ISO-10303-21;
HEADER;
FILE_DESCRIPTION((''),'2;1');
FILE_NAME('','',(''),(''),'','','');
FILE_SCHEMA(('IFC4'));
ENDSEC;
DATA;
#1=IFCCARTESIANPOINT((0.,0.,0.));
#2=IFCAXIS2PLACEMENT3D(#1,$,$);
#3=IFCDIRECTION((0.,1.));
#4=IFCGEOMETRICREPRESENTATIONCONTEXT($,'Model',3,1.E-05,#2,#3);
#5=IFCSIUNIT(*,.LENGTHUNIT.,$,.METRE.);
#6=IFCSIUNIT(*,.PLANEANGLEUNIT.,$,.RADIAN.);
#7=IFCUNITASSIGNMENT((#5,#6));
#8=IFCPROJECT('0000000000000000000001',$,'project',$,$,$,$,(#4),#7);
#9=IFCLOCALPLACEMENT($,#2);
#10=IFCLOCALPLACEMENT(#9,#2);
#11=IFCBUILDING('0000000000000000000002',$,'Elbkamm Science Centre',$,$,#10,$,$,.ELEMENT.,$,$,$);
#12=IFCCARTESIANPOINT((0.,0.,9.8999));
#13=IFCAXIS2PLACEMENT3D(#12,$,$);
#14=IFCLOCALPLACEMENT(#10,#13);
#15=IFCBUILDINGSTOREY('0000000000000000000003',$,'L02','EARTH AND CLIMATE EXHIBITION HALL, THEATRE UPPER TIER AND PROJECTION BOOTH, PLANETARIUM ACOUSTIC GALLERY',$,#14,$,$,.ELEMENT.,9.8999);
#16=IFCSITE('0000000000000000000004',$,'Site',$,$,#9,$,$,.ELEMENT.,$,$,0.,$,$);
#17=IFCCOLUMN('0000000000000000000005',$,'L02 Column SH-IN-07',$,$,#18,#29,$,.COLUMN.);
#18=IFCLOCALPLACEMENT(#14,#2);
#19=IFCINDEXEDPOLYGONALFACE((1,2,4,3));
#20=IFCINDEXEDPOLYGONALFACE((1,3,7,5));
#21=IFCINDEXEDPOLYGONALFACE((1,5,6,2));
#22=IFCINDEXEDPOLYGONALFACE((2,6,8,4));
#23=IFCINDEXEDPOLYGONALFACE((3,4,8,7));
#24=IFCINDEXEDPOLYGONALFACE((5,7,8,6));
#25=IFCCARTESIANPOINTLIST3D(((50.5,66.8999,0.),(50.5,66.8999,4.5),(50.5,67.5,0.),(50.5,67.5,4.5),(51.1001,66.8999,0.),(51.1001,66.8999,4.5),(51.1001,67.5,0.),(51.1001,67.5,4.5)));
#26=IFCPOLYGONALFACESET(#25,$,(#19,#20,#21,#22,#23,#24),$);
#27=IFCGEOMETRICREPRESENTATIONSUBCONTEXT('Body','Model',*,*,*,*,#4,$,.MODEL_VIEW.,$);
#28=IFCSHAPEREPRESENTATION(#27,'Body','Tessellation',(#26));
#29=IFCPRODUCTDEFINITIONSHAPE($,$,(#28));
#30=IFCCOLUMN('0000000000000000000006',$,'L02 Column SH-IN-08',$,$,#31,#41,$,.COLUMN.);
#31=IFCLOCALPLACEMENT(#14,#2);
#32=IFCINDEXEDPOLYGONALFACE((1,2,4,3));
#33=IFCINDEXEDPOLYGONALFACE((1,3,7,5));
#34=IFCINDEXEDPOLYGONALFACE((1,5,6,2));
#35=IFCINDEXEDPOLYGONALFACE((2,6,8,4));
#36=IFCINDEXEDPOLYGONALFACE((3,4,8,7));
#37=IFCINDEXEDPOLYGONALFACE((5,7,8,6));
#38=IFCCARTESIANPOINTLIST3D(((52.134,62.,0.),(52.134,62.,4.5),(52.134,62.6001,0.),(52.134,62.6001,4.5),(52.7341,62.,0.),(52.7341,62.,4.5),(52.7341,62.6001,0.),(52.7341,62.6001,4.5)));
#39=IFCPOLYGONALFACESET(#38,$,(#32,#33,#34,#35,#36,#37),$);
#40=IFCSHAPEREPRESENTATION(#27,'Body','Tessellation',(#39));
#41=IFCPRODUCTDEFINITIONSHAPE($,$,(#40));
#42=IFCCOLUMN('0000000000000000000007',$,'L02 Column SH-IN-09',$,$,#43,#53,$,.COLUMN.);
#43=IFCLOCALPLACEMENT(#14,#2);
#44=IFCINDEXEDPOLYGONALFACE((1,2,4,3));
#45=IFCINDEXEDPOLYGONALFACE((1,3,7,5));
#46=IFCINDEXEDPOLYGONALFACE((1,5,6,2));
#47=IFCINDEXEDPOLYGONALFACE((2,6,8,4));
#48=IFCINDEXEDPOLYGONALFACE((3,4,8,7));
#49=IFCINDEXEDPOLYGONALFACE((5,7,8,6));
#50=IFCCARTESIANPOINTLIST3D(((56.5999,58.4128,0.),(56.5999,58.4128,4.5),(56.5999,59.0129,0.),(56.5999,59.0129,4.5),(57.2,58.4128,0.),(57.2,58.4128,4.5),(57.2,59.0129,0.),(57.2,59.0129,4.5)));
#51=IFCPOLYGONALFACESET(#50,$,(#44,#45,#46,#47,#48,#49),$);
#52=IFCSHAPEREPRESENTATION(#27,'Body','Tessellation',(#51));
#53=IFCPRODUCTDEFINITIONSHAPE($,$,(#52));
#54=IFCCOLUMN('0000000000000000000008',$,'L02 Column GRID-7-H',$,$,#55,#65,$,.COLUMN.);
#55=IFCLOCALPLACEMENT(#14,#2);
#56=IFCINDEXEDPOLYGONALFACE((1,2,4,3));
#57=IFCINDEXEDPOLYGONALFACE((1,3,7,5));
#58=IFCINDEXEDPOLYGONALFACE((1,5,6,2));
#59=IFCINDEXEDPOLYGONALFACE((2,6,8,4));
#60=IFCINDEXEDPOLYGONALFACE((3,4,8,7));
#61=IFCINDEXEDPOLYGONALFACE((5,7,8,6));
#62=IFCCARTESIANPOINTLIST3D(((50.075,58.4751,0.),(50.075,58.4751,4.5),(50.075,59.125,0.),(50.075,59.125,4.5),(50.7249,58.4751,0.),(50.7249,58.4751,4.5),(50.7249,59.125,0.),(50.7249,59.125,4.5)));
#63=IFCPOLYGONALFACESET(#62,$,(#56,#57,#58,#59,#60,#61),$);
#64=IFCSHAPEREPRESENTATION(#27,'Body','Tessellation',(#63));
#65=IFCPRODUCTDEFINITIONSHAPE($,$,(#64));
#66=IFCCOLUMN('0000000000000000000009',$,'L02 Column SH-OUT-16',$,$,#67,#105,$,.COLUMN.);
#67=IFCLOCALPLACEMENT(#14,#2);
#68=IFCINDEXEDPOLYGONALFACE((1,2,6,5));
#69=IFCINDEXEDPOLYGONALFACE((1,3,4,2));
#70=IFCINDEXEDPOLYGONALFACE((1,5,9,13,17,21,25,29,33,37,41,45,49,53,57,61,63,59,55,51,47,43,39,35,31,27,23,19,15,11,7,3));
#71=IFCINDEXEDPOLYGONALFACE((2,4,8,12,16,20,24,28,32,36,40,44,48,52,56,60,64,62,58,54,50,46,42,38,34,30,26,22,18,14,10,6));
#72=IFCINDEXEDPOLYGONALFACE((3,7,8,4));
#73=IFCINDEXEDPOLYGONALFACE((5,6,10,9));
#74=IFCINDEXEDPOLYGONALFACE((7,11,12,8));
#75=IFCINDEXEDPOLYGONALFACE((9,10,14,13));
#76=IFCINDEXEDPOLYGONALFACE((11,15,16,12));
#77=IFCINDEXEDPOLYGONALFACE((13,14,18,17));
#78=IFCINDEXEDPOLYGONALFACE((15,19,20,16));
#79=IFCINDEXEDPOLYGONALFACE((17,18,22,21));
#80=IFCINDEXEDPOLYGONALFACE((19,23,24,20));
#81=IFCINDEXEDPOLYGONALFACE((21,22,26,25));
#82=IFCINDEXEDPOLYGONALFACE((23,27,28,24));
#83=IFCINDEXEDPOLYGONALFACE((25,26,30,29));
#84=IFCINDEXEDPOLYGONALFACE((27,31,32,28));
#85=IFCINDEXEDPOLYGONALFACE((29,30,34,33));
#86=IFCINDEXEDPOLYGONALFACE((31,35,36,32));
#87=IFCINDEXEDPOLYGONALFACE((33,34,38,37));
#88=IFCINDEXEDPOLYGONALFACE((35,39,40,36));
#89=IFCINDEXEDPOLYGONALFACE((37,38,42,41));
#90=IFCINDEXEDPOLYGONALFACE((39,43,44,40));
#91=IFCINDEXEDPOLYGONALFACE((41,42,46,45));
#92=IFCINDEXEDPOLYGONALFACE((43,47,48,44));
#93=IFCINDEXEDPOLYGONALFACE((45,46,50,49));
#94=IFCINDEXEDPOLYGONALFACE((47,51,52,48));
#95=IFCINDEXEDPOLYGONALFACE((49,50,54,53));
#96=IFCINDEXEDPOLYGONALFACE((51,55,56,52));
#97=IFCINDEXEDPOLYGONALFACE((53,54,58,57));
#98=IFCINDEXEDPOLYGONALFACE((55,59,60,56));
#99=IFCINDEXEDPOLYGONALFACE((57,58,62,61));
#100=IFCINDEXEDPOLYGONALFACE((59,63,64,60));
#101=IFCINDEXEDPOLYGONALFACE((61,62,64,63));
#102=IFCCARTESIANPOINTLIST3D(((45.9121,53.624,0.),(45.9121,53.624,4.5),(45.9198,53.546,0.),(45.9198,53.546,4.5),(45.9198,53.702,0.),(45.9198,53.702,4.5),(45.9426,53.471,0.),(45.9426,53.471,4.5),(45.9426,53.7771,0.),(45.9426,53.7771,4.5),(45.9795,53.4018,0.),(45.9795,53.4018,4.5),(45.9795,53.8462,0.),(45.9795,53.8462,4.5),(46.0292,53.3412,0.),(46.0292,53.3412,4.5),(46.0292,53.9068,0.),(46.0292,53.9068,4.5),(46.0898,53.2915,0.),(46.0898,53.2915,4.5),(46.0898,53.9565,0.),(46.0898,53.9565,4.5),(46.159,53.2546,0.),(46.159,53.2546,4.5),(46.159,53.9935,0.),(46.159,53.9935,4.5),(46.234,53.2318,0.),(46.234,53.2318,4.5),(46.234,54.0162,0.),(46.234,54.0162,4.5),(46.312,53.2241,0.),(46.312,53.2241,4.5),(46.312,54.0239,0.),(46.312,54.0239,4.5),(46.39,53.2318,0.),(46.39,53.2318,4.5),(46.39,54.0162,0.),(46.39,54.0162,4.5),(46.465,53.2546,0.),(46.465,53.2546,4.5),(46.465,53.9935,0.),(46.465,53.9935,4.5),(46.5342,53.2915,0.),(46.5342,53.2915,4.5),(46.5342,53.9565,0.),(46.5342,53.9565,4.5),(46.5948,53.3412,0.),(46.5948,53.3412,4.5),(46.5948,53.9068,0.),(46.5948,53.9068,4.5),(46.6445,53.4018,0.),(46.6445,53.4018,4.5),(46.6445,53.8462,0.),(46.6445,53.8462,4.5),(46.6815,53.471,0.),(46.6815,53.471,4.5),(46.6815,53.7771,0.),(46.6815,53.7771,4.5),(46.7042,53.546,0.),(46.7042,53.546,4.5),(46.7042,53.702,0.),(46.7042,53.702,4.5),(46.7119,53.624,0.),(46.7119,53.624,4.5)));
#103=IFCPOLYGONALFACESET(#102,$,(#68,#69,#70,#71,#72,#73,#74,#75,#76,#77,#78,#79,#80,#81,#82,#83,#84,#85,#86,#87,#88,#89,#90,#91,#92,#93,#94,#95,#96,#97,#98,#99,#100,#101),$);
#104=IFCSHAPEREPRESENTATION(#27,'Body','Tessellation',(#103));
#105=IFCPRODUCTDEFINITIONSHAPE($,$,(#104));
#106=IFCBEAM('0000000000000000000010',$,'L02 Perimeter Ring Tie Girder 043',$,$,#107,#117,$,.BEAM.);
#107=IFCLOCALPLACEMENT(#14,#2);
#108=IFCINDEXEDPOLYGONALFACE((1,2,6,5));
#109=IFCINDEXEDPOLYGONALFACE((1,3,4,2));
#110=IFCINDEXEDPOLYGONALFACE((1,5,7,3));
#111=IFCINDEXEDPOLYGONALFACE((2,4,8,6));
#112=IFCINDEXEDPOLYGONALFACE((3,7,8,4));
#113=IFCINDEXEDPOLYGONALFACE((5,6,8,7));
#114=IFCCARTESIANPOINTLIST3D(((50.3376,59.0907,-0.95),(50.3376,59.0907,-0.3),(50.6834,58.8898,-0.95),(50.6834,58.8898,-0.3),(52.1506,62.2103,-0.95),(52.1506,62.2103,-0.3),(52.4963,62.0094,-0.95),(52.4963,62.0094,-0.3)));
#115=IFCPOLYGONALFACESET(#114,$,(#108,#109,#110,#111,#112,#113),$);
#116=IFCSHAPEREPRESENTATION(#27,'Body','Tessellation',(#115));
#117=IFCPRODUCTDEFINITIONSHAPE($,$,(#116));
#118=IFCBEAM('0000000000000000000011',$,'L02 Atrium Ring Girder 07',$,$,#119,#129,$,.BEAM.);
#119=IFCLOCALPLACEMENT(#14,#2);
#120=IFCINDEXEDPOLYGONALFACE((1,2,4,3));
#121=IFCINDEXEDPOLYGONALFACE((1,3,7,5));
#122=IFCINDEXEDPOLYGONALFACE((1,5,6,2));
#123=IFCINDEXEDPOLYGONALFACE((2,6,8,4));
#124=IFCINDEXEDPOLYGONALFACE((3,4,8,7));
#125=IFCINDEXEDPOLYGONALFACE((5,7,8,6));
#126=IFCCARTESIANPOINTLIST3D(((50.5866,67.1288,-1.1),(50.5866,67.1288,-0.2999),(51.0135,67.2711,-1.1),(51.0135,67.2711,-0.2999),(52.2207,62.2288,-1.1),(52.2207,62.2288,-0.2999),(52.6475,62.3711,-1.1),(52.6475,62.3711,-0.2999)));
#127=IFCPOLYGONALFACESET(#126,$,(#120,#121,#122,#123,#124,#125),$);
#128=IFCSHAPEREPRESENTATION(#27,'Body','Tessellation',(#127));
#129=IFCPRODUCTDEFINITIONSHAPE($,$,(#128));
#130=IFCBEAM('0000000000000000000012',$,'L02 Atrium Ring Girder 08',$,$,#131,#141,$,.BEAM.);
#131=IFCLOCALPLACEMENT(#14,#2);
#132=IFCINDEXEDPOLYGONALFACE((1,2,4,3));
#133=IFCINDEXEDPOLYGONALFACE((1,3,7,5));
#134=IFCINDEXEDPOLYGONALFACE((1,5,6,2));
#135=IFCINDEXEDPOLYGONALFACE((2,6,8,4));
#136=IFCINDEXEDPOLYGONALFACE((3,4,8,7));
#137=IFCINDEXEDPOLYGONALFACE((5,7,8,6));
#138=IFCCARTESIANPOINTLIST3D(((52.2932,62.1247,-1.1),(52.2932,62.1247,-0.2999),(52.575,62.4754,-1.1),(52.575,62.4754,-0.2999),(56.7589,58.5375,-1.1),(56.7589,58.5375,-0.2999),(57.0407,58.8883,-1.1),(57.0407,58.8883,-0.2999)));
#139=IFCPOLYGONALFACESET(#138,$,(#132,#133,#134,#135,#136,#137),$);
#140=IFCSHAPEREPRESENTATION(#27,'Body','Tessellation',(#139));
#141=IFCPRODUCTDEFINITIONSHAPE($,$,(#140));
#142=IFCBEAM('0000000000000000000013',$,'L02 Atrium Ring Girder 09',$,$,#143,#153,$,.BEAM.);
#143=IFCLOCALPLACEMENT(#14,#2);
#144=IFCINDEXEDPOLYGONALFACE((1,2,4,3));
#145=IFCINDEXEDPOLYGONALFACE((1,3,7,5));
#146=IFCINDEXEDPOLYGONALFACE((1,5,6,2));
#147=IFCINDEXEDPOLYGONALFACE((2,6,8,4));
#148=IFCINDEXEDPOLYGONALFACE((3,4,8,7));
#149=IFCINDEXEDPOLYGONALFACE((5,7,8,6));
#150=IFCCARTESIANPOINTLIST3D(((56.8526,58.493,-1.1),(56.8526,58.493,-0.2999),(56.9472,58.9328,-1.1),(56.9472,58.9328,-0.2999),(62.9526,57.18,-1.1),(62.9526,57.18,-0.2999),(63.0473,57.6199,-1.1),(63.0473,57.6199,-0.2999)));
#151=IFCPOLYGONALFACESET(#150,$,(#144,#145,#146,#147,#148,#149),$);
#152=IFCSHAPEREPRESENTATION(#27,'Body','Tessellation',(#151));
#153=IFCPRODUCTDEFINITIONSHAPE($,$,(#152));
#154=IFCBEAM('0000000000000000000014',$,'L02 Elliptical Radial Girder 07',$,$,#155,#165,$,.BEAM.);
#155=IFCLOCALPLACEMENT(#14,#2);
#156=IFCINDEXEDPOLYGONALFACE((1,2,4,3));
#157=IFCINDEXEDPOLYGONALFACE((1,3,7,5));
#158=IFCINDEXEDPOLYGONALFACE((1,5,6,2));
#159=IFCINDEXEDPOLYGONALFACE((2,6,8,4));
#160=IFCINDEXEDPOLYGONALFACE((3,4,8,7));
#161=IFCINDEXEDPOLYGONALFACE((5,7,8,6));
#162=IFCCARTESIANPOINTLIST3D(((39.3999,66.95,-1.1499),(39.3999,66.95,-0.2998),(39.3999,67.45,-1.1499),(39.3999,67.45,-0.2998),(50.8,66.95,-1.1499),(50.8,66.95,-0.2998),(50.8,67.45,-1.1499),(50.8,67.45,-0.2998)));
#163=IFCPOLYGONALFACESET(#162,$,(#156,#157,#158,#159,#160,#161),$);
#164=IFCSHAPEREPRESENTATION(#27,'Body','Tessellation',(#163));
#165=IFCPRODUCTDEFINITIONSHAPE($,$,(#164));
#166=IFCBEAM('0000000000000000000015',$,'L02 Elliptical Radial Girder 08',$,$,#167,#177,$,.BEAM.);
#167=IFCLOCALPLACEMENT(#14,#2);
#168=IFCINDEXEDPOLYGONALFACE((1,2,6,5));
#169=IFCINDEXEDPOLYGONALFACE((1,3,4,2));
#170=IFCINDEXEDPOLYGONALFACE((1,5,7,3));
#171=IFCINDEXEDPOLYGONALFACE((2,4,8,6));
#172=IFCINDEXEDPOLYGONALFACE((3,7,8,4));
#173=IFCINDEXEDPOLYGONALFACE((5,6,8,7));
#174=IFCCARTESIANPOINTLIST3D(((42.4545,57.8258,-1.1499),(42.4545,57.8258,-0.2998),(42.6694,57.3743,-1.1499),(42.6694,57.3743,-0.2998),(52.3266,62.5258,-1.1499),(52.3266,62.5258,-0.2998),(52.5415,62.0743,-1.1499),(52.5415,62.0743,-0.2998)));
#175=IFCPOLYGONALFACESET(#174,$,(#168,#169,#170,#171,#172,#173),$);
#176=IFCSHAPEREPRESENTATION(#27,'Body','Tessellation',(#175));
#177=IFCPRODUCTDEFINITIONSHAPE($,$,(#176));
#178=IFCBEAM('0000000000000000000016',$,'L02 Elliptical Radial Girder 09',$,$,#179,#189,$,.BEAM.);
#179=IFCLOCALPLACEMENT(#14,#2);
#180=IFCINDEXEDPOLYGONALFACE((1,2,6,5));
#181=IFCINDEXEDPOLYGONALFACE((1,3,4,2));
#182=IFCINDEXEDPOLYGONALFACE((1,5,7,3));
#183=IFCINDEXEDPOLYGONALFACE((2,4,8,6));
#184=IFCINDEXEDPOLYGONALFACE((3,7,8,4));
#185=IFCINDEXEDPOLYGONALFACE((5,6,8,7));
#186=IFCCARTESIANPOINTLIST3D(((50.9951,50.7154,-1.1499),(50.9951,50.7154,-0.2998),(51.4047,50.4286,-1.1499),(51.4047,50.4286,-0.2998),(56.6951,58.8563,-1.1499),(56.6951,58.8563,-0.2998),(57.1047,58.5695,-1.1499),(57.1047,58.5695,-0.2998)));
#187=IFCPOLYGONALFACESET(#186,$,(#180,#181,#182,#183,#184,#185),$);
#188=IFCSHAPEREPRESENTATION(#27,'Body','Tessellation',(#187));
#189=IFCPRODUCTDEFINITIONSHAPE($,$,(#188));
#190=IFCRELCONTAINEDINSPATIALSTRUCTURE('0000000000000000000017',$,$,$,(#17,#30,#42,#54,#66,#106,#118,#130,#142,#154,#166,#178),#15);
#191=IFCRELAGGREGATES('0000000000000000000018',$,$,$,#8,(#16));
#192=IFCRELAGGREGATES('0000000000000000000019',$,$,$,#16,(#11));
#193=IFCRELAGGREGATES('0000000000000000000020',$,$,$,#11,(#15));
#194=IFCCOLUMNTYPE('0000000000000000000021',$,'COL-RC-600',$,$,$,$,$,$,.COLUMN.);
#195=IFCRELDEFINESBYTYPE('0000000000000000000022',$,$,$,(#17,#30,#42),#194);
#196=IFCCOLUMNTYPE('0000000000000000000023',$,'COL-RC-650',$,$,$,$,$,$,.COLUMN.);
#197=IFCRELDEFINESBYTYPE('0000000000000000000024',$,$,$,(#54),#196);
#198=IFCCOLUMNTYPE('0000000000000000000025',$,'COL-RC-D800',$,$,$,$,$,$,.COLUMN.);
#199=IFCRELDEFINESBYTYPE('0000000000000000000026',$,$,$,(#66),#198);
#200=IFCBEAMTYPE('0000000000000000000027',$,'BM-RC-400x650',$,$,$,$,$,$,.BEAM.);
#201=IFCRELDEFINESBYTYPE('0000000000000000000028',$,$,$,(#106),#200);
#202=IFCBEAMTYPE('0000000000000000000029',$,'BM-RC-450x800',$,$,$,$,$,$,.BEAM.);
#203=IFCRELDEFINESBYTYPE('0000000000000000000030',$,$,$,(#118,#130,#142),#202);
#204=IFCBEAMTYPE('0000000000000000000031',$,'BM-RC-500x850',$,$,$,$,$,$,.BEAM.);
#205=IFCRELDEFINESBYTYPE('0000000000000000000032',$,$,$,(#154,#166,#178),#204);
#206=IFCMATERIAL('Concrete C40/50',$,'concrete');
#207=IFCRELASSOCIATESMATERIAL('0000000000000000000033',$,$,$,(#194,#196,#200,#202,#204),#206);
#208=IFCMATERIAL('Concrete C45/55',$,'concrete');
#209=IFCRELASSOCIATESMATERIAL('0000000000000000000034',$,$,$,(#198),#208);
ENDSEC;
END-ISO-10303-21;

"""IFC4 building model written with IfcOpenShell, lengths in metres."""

from ifc_helpers import new_model, si_unit, direction, frame, origin, origin_2d, place, context, subcontext, project, spatial, rectangle, circle, extrude, material, material_profile, profile_set, type_object, element, save


model = new_model("IFC4")

# Units and contexts
model_context = context("Model", 3, precision=1e-05, world=origin(), true_north=direction((0.0, 1.0)))
body_context = subcontext(model_context, "Body", "Model", "MODEL_VIEW")
ifc_project = project(units=[si_unit("LENGTHUNIT", "METRE"), si_unit("PLANEANGLEUNIT", "RADIAN")], contexts=[model_context])

# Site, building, storey
site_placement = place(None, origin())
site = spatial("IfcSite", under=ifc_project, at=site_placement, Name="Site", CompositionType="ELEMENT", RefElevation=0.0)
building_placement = place(site_placement, origin())
building = spatial("IfcBuilding", under=site, at=building_placement, Name="Elbkamm Science Centre", CompositionType="ELEMENT")
storey_placement = place(building_placement, frame((0.0, 0.0, 9.8999)))
storey = spatial("IfcBuildingStorey", under=building, at=storey_placement, Name="L02", Description="EARTH AND CLIMATE EXHIBITION HALL, THEATRE UPPER TIER AND PROJECTION BOOTH, PLANETARIUM ACOUSTIC GALLERY", CompositionType="ELEMENT", Elevation=9.8999)

# Columns
ifc_material_1 = material(Name="Concrete C40/50", Category="concrete")
ifc_material_profile_1 = material_profile(ifc_material_1, rectangle(XDim=0.6001, YDim=0.6001, at=origin_2d()), Name="RC 600x600")
ifc_profile_set_1 = profile_set([ifc_material_profile_1], Name="Concrete C40/50")
column_type_1 = type_object("IfcColumnType", Name="COL-RC-600", PredefinedType="COLUMN", material=ifc_profile_set_1)
for number, where, z_axis, x_axis, name in (
    (1, (50.8, 67.2, 0.0), (0.0, 0.0, 1.0), (1.0, 0.0, 0.0), "L02 Column SH-IN-07"),
    (2, (52.4341, 62.3, 0.0), (0.0, 0.0, 1.0), (1.0, 0.0, 0.0), "L02 Column SH-IN-08"),
    (3, (56.8999, 58.7129, 0.0), (0.0, 0.0, 1.0), (1.0, 0.0, 0.0), "L02 Column SH-IN-09"),
):
    element("IfcColumn", number, at=place(storey_placement, frame(where, z_axis=z_axis, x_axis=x_axis)), inside=storey, type_object=column_type_1, Name=name, PredefinedType="COLUMN", context=body_context, shape_type="SweptSolid", body=[
        extrude(rectangle(XDim=0.6001, YDim=0.6001, at=origin_2d()), origin(), (0.0, 0.0, 1.0), 4.5),
    ])
ifc_material_profile_2 = material_profile(ifc_material_1, rectangle(XDim=0.6499, YDim=0.6499, at=origin_2d()), Name="RC 650x650")
ifc_profile_set_2 = profile_set([ifc_material_profile_2], Name="Concrete C40/50")
column_type_2 = type_object("IfcColumnType", Name="COL-RC-650", PredefinedType="COLUMN", material=ifc_profile_set_2)
column_1_placement = place(storey_placement, frame((50.3999, 58.8, 0.0), z_axis=(0.0, 0.0, 1.0), x_axis=(1.0, 0.0, 0.0)))
element("IfcColumn", 4, at=column_1_placement, inside=storey, type_object=column_type_2, Name="L02 Column GRID-7-H", PredefinedType="COLUMN", context=body_context, shape_type="SweptSolid", body=[
    extrude(rectangle(XDim=0.6499, YDim=0.6499, at=origin_2d()), origin(), (0.0, 0.0, 1.0), 4.5),
])
ifc_material_2 = material(Name="Concrete C45/55", Category="concrete")
ifc_material_profile_3 = material_profile(ifc_material_2, circle(Radius=0.3999, at=origin_2d()), Name="RC D800")
ifc_profile_set_3 = profile_set([ifc_material_profile_3], Name="Concrete C45/55")
column_type_3 = type_object("IfcColumnType", Name="COL-RC-D800", PredefinedType="COLUMN", material=ifc_profile_set_3)
column_2_placement = place(storey_placement, frame((46.312, 53.624, 0.0), z_axis=(0.0, 0.0, 1.0), x_axis=(1.0, 0.0, 0.0)))
element("IfcColumn", 5, at=column_2_placement, inside=storey, type_object=column_type_3, Name="L02 Column SH-OUT-16", PredefinedType="COLUMN", context=body_context, shape_type="SweptSolid", body=[
    extrude(circle(Radius=0.3999, at=origin_2d()), origin(), (0.0, 0.0, 1.0), 4.5),
])

# Beams
ifc_material_profile_4 = material_profile(ifc_material_1, rectangle(XDim=0.3999, YDim=0.6499, at=origin_2d()), Name="RC 400x650")
ifc_profile_set_4 = profile_set([ifc_material_profile_4], Name="Concrete C40/50")
beam_type_1 = type_object("IfcBeamType", Name="BM-RC-400x650", PredefinedType="BEAM", material=ifc_profile_set_4)
beam_1_placement = place(storey_placement, frame((50.5105, 58.9902, -0.625), z_axis=(0.502465, 0.864597, 0.0), x_axis=(-0.864597, 0.502465, 0.0)))
element("IfcBeam", 6, at=beam_1_placement, inside=storey, type_object=beam_type_1, Name="L02 Perimeter Ring Tie Girder 043", PredefinedType="BEAM", context=body_context, shape_type="SweptSolid", body=[
    extrude(rectangle(XDim=0.3999, YDim=0.6499, at=origin_2d()), origin(), (0.0, 0.0, 1.0), 3.6082),
])
ifc_material_profile_5 = material_profile(ifc_material_1, rectangle(XDim=0.45, YDim=0.8, at=origin_2d()), Name="RC 450x800")
ifc_profile_set_5 = profile_set([ifc_material_profile_5], Name="Concrete C40/50")
beam_type_2 = type_object("IfcBeamType", Name="BM-RC-450x800", PredefinedType="BEAM", material=ifc_profile_set_5)
beam_2_placement = place(storey_placement, frame((50.8, 67.2, -0.7), z_axis=(0.316355, -0.948641, 0.0), x_axis=(0.948641, 0.316355, 0.0)))
element("IfcBeam", 7, at=beam_2_placement, inside=storey, type_object=beam_type_2, Name="L02 Atrium Ring Girder 07", PredefinedType="BEAM", context=body_context, shape_type="SweptSolid", body=[
    extrude(rectangle(XDim=0.45, YDim=0.8, at=origin_2d()), origin(), (0.0, 0.0, 1.0), 5.1653),
])
beam_3_placement = place(storey_placement, frame((52.4341, 62.3, -0.7), z_axis=(0.779632, -0.626238, 0.0), x_axis=(0.626238, 0.779632, 0.0)))
element("IfcBeam", 8, at=beam_3_placement, inside=storey, type_object=beam_type_2, Name="L02 Atrium Ring Girder 08", PredefinedType="BEAM", context=body_context, shape_type="SweptSolid", body=[
    extrude(rectangle(XDim=0.45, YDim=0.8, at=origin_2d()), origin(), (0.0, 0.0, 1.0), 5.728),
])
beam_4_placement = place(storey_placement, frame((56.8999, 58.7129, -0.7), z_axis=(0.977611, -0.210421, 0.0), x_axis=(0.210421, 0.977611, 0.0)))
element("IfcBeam", 9, at=beam_4_placement, inside=storey, type_object=beam_type_2, Name="L02 Atrium Ring Girder 09", PredefinedType="BEAM", context=body_context, shape_type="SweptSolid", body=[
    extrude(rectangle(XDim=0.45, YDim=0.8, at=origin_2d()), origin(), (0.0, 0.0, 1.0), 6.2397),
])
ifc_material_profile_6 = material_profile(ifc_material_1, rectangle(XDim=0.5, YDim=0.8501, at=origin_2d()), Name="RC 500x850")
ifc_profile_set_6 = profile_set([ifc_material_profile_6], Name="Concrete C40/50")
beam_type_3 = type_object("IfcBeamType", Name="BM-RC-500x850", PredefinedType="BEAM", material=ifc_profile_set_6)
beam_5_placement = place(storey_placement, frame((50.8, 67.2, -0.7249), z_axis=(-1.0, 0.0, 0.0), x_axis=(0.0, -1.0, 0.0)))
element("IfcBeam", 10, at=beam_5_placement, inside=storey, type_object=beam_type_3, Name="L02 Elliptical Radial Girder 07", PredefinedType="BEAM", context=body_context, shape_type="SweptSolid", body=[
    extrude(rectangle(XDim=0.5, YDim=0.8501, at=origin_2d()), origin(), (0.0, 0.0, 1.0), 11.4001),
])
beam_6_placement = place(storey_placement, frame((52.4341, 62.3, -0.7249), z_axis=(-0.902897, -0.429856, 0.0), x_axis=(0.429856, -0.902897, 0.0)))
element("IfcBeam", 11, at=beam_6_placement, inside=storey, type_object=beam_type_3, Name="L02 Elliptical Radial Girder 08", PredefinedType="BEAM", context=body_context, shape_type="SweptSolid", body=[
    extrude(rectangle(XDim=0.5, YDim=0.8501, at=origin_2d()), origin(), (0.0, 0.0, 1.0), 10.9338),
])
beam_7_placement = place(storey_placement, frame((56.8999, 58.7129, -0.7249), z_axis=(-0.573553, -0.819168, 0.0), x_axis=(0.819168, -0.573553, 0.0)))
element("IfcBeam", 12, at=beam_7_placement, inside=storey, type_object=beam_type_3, Name="L02 Elliptical Radial Girder 09", PredefinedType="BEAM", context=body_context, shape_type="SweptSolid", body=[
    extrude(rectangle(XDim=0.5, YDim=0.8501, at=origin_2d()), origin(), (0.0, 0.0, 1.0), 9.938),
])

save(model, "model.ifc")
